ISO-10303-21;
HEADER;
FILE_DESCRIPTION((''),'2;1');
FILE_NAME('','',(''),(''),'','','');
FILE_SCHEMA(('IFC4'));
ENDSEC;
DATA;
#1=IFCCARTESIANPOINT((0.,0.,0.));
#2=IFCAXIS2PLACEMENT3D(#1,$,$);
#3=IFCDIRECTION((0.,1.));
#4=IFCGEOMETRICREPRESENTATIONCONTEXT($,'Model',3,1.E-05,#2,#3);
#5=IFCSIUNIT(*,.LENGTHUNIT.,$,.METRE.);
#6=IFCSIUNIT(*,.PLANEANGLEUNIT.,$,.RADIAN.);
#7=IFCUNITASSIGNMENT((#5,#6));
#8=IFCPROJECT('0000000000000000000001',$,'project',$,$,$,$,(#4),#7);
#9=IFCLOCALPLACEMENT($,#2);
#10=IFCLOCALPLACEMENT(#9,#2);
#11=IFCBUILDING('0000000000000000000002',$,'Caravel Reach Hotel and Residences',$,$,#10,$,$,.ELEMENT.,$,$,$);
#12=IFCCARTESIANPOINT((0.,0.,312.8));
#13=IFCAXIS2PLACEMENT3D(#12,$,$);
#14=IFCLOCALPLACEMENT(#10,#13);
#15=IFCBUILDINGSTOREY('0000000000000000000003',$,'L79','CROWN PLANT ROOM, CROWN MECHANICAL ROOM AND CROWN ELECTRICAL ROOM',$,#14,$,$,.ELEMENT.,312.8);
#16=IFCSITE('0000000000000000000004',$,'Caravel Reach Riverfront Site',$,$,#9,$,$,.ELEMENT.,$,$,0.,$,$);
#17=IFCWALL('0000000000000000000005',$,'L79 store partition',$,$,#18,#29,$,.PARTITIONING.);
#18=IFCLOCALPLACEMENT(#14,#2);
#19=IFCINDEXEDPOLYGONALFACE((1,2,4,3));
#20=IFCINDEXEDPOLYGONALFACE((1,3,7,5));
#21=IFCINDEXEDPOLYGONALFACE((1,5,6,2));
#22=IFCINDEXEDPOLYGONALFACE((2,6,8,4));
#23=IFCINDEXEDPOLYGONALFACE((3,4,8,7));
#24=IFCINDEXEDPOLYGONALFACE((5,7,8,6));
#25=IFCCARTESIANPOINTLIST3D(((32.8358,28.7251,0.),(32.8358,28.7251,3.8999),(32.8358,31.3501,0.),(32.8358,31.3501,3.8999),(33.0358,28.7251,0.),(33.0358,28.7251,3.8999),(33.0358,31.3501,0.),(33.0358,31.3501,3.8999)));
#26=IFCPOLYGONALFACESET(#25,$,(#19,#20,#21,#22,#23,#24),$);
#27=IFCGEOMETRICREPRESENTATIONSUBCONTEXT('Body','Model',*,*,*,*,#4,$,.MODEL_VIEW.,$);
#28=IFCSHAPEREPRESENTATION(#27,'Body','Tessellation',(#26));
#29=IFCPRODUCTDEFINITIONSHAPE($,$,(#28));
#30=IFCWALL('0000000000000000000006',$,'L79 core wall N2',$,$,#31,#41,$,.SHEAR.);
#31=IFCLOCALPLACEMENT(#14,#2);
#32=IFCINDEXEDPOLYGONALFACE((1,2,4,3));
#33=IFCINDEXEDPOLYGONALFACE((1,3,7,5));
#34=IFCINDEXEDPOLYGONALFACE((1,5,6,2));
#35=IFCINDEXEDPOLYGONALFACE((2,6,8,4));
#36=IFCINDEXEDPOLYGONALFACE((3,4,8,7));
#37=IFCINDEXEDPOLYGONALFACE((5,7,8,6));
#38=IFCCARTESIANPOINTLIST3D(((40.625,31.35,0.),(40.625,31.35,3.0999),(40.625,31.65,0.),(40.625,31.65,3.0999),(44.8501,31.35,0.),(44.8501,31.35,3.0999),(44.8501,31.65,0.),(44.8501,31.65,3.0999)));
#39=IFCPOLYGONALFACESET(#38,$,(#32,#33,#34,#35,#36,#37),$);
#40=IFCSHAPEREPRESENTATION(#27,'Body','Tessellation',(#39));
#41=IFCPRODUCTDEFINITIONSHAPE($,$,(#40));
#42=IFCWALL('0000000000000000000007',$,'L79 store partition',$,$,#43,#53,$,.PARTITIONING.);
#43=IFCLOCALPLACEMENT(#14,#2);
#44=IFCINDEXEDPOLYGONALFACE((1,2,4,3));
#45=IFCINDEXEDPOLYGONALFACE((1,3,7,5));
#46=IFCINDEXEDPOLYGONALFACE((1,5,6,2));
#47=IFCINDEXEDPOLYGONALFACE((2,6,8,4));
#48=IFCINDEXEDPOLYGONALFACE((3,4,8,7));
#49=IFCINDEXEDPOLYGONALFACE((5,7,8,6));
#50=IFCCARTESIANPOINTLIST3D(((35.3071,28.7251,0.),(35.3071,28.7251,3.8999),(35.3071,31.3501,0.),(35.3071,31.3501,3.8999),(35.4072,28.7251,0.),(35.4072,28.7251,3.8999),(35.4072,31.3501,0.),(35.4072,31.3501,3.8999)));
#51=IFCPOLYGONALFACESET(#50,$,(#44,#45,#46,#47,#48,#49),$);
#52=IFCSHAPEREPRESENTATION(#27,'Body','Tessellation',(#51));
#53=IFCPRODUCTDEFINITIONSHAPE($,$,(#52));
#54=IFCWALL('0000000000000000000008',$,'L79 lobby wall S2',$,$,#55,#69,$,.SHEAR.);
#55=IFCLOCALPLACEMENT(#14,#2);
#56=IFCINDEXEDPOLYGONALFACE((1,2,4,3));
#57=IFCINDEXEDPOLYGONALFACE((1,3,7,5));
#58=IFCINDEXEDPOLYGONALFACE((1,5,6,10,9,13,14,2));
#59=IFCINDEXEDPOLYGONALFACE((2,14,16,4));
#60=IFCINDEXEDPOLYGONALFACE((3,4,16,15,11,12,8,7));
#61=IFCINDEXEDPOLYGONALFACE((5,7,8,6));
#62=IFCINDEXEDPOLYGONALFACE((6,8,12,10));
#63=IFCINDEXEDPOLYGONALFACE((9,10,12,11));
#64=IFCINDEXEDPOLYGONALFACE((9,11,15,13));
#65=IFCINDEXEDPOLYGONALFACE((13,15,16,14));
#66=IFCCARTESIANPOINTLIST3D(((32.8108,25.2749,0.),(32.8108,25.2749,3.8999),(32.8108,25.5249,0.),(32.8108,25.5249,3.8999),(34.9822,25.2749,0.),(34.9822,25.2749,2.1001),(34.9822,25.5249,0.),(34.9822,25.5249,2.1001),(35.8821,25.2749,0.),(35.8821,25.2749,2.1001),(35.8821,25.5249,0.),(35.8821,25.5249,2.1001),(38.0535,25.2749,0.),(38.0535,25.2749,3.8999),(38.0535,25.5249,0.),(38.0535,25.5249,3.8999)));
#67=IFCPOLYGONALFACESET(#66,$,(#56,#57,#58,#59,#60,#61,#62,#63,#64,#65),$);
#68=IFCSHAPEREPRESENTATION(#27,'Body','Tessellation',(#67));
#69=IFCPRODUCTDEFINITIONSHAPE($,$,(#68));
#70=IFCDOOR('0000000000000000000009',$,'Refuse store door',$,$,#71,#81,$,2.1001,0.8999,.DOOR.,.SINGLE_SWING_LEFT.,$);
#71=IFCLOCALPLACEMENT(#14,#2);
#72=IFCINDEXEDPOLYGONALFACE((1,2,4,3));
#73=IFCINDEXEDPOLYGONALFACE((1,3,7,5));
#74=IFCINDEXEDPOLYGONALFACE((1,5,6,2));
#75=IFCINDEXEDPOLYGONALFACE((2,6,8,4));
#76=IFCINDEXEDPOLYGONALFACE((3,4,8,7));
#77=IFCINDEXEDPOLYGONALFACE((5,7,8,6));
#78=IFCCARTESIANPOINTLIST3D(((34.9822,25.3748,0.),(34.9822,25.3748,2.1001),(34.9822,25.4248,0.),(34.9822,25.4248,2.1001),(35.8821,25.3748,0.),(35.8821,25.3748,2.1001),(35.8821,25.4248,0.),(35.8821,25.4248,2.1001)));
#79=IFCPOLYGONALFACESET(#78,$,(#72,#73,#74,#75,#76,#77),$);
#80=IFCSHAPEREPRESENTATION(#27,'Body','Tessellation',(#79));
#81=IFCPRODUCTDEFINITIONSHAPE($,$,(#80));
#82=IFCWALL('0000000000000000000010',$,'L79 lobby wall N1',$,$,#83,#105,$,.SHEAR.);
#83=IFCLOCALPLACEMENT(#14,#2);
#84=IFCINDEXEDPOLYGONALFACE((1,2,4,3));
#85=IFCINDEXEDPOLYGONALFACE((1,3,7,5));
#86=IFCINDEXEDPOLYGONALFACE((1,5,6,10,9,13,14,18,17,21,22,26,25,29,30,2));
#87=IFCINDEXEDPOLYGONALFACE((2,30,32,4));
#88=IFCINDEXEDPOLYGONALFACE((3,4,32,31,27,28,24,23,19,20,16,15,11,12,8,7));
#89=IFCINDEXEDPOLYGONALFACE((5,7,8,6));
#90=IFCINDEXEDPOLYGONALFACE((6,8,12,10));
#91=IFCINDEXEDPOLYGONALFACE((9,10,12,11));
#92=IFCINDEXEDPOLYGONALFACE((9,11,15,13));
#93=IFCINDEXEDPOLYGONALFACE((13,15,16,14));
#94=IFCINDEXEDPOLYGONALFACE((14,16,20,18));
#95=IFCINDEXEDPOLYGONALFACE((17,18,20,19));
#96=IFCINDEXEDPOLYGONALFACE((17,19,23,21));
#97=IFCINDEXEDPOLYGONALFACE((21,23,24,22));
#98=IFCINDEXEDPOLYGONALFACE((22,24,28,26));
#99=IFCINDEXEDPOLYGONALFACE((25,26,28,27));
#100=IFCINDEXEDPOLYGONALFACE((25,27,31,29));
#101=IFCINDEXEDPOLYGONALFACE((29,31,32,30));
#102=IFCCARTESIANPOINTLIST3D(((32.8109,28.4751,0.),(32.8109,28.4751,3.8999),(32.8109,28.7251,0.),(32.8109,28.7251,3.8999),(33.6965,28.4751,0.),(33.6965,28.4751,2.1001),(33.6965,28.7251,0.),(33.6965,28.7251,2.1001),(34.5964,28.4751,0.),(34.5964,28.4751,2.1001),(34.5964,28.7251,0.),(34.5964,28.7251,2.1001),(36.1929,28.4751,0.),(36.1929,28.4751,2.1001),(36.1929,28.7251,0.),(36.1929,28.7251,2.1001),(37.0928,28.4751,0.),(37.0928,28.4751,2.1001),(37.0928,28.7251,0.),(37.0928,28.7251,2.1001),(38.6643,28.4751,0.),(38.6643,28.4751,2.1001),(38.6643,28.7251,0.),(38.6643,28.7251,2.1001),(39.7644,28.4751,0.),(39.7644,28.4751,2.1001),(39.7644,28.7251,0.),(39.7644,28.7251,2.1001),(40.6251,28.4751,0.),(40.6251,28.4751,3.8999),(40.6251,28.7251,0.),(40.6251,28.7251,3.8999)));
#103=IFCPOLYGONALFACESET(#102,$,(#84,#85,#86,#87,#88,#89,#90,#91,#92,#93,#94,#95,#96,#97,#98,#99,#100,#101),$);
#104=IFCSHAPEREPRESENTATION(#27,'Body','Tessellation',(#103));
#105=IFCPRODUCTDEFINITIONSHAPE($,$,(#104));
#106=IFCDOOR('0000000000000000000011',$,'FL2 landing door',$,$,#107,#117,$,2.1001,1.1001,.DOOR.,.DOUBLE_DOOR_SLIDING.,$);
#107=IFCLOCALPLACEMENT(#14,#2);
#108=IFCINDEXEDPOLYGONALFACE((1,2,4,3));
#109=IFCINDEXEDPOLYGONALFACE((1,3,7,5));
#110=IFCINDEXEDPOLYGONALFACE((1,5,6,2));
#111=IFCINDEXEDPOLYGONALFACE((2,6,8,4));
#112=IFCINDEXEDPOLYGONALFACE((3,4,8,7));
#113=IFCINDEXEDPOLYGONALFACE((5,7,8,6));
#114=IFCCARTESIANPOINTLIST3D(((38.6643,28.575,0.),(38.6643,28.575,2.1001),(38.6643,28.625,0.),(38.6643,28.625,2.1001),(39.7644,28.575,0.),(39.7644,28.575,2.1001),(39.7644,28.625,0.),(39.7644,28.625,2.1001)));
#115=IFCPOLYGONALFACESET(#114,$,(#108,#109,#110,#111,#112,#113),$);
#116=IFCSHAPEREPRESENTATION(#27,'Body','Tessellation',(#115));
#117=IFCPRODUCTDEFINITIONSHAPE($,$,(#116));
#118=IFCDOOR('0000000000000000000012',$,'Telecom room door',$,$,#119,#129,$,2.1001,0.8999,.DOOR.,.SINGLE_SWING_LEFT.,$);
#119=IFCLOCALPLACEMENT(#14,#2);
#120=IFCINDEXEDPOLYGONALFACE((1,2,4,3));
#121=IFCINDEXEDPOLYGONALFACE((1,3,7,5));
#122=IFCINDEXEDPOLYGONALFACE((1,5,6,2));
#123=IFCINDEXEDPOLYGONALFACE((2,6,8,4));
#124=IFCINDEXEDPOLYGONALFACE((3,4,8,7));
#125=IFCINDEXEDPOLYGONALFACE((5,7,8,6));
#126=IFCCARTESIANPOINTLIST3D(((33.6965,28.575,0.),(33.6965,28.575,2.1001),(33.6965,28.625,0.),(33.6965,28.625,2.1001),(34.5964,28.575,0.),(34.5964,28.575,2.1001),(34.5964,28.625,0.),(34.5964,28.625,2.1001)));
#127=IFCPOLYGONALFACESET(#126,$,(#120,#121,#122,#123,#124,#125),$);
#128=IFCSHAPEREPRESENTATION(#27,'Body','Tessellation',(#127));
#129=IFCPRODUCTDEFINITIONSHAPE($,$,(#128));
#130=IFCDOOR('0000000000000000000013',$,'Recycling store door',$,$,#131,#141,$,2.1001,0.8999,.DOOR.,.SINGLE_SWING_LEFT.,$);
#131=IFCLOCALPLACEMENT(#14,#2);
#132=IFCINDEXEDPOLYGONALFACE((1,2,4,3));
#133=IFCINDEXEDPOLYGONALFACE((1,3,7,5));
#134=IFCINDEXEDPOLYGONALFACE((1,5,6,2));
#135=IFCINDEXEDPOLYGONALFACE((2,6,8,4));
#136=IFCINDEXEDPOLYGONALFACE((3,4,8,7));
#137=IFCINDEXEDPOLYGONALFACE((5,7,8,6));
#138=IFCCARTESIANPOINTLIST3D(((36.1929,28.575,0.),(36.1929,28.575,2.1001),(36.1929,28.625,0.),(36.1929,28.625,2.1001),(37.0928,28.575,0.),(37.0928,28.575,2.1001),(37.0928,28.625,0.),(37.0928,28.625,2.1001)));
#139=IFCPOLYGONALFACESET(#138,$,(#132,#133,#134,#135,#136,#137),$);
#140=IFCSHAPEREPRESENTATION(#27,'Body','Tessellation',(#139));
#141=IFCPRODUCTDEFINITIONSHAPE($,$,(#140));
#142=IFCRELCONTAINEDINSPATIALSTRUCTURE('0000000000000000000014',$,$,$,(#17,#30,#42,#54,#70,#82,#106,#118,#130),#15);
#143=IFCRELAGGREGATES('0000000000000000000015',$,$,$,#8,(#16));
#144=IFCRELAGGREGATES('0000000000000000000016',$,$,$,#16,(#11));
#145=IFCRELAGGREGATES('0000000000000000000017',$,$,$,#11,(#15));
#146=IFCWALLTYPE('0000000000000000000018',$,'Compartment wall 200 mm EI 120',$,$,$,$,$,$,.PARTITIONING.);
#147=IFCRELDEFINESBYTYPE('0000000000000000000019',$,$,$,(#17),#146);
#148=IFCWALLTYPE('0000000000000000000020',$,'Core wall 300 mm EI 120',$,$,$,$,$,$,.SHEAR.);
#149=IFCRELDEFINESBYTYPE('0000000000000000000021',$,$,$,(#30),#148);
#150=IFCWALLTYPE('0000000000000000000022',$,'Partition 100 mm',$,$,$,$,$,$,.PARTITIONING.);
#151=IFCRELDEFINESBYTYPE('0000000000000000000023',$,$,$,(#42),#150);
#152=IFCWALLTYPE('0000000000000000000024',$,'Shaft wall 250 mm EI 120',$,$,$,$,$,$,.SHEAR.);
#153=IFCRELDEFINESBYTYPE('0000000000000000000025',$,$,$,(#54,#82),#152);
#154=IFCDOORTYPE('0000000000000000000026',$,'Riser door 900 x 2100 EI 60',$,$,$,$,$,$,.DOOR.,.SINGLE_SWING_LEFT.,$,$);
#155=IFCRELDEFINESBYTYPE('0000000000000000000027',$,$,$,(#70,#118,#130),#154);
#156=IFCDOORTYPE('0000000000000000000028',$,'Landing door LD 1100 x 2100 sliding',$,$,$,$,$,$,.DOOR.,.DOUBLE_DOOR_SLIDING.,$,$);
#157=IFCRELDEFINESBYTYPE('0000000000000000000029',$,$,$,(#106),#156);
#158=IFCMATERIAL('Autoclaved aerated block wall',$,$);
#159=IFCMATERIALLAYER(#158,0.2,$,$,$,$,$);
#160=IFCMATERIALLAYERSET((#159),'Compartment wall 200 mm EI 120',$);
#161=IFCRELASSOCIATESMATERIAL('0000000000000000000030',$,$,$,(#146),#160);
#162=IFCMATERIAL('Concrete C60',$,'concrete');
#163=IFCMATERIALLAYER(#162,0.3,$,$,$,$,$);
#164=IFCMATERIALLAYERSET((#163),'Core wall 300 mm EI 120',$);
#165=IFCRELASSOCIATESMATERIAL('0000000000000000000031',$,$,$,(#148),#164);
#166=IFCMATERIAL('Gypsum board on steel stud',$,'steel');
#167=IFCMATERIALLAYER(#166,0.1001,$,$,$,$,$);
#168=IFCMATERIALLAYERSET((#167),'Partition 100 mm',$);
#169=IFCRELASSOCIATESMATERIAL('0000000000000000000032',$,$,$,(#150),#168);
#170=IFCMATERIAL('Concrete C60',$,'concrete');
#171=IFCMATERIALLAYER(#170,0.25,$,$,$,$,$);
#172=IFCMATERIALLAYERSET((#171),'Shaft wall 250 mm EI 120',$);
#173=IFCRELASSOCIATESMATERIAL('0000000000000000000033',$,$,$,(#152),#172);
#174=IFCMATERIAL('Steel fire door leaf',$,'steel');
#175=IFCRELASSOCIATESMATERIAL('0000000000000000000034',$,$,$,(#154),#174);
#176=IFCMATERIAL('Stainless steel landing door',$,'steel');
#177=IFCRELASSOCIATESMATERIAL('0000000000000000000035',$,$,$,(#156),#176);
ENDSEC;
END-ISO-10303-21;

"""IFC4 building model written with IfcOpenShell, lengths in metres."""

from ifc_helpers import new_model, si_unit, direction, frame, frame_2d, origin, place, context, subcontext, project, spatial, rectangle, extrude, material, layer, layer_set, type_object, element, fill, save


model = new_model("IFC4")

# Units and contexts
model_context = context("Model", 3, precision=1e-05, world=origin(), true_north=direction((0.0, 1.0)))
body_context = subcontext(model_context, "Body", "Model", "MODEL_VIEW")
ifc_project = project(units=[si_unit("LENGTHUNIT", "METRE"), si_unit("PLANEANGLEUNIT", "RADIAN")], contexts=[model_context])

# Site, building, storey
site_placement = place(None, origin())
site = spatial("IfcSite", under=ifc_project, at=site_placement, Name="Caravel Reach Riverfront Site", CompositionType="ELEMENT", RefElevation=0.0)
building_placement = place(site_placement, origin())
building = spatial("IfcBuilding", under=site, at=building_placement, Name="Caravel Reach Hotel and Residences", CompositionType="ELEMENT")
storey_placement = place(building_placement, frame((0.0, 0.0, 312.8)))
storey = spatial("IfcBuildingStorey", under=building, at=storey_placement, Name="L79", Description="CROWN PLANT ROOM, CROWN MECHANICAL ROOM AND CROWN ELECTRICAL ROOM", CompositionType="ELEMENT", Elevation=312.8)

# Walls
ifc_material_1 = material(Name="Autoclaved aerated block wall")
ifc_layer_1 = layer(ifc_material_1, 0.2)
ifc_layer_set_1 = layer_set([ifc_layer_1], Name="Compartment wall 200 mm EI 120")
wall_type_1 = type_object("IfcWallType", Name="Compartment wall 200 mm EI 120", PredefinedType="PARTITIONING", material=ifc_layer_set_1)
wall_1_placement = place(storey_placement, frame((32.9358, 28.7251, 0.0), z_axis=(0.0, 0.0, 1.0), x_axis=(0.0, 1.0, 0.0)))
element("IfcWall", 1, at=wall_1_placement, inside=storey, type_object=wall_type_1, Name="L79 store partition", PredefinedType="PARTITIONING", context=body_context, shape_type="SweptSolid", body=[
    extrude(rectangle(XDim=2.625, YDim=0.2, at=frame_2d((1.3125, 0.0))), origin(), (0.0, 0.0, 1.0), 3.8999),
])
ifc_material_2 = material(Name="Concrete C60", Category="concrete")
ifc_layer_2 = layer(ifc_material_2, 0.3)
ifc_layer_set_2 = layer_set([ifc_layer_2], Name="Core wall 300 mm EI 120")
wall_type_2 = type_object("IfcWallType", Name="Core wall 300 mm EI 120", PredefinedType="SHEAR", material=ifc_layer_set_2)
wall_2_placement = place(storey_placement, frame((40.625, 31.5, 0.0), z_axis=(0.0, 0.0, 1.0), x_axis=(1.0, 0.0, 0.0)))
element("IfcWall", 2, at=wall_2_placement, inside=storey, type_object=wall_type_2, Name="L79 core wall N2", PredefinedType="SHEAR", context=body_context, shape_type="SweptSolid", body=[
    extrude(rectangle(XDim=4.2251, YDim=0.3, at=frame_2d((2.1125, 0.0))), origin(), (0.0, 0.0, 1.0), 3.0999),
])
ifc_material_3 = material(Name="Gypsum board on steel stud", Category="steel")
ifc_layer_3 = layer(ifc_material_3, 0.1001)
ifc_layer_set_3 = layer_set([ifc_layer_3], Name="Partition 100 mm")
wall_type_3 = type_object("IfcWallType", Name="Partition 100 mm", PredefinedType="PARTITIONING", material=ifc_layer_set_3)
wall_3_placement = place(storey_placement, frame((35.3572, 28.7251, 0.0), z_axis=(0.0, 0.0, 1.0), x_axis=(0.0, 1.0, 0.0)))
element("IfcWall", 3, at=wall_3_placement, inside=storey, type_object=wall_type_3, Name="L79 store partition", PredefinedType="PARTITIONING", context=body_context, shape_type="SweptSolid", body=[
    extrude(rectangle(XDim=2.625, YDim=0.1001, at=frame_2d((1.3125, 0.0))), origin(), (0.0, 0.0, 1.0), 3.8999),
])

# Wall, opening, door
ifc_material_4 = material(Name="Concrete C60", Category="concrete")
ifc_layer_4 = layer(ifc_material_4, 0.25)
ifc_layer_set_4 = layer_set([ifc_layer_4], Name="Shaft wall 250 mm EI 120")
wall_type_4 = type_object("IfcWallType", Name="Shaft wall 250 mm EI 120", PredefinedType="SHEAR", material=ifc_layer_set_4)
wall_4_placement = place(storey_placement, frame((32.8108, 25.3999, 0.0), z_axis=(0.0, 0.0, 1.0), x_axis=(1.0, 0.0, 0.0)))
wall_4 = element("IfcWall", 4, at=wall_4_placement, inside=storey, type_object=wall_type_4, Name="L79 lobby wall S2", PredefinedType="SHEAR", context=body_context, shape_type="SweptSolid", body=[
    extrude(rectangle(XDim=5.2427, YDim=0.25, at=frame_2d((2.6213, 0.0))), origin(), (0.0, 0.0, 1.0), 3.8999),
])
opening_1_placement = place(wall_4_placement, frame((2.1714, 0.0, 0.0)))
opening_1 = element("IfcOpeningElement", 5, at=opening_1_placement, cuts=wall_4, PredefinedType="OPENING", context=body_context, shape_type="SweptSolid", body=[
    extrude(rectangle(XDim=0.8999, YDim=2.1001, at=frame_2d((0.45, 1.05))), frame((0.0, 0.135, 0.0), z_axis=(0.0, -1.0, 0.0), x_axis=(1.0, 0.0, 0.0)), (0.0, 0.0, 1.0), 0.27),
])
ifc_material_5 = material(Name="Steel fire door leaf", Category="steel")
door_type_1 = type_object("IfcDoorType", Name="Riser door 900 x 2100 EI 60", OperationType="SINGLE_SWING_LEFT", PredefinedType="DOOR", material=ifc_material_5)
door_1_placement = place(opening_1_placement, origin())
door_1 = element("IfcDoor", 6, at=door_1_placement, inside=storey, type_object=door_type_1, Name="Refuse store door", OperationType="SINGLE_SWING_LEFT", OverallHeight=2.1001, OverallWidth=0.8999, PredefinedType="DOOR", context=body_context, shape_type="SweptSolid", body=[
    extrude(rectangle(XDim=0.8999, YDim=2.1001, at=frame_2d((0.45, 1.05))), frame((0.0, 0.0249, 0.0), z_axis=(0.0, -1.0, 0.0), x_axis=(1.0, 0.0, 0.0)), (0.0, 0.0, 1.0), 0.05),
])
fill(opening_1, door_1)

# Wall, openings, doors
wall_5_placement = place(storey_placement, frame((32.8108, 28.6001, 0.0), z_axis=(0.0, 0.0, 1.0), x_axis=(1.0, 0.0, 0.0)))
wall_5 = element("IfcWall", 7, at=wall_5_placement, inside=storey, type_object=wall_type_4, Name="L79 lobby wall N1", PredefinedType="SHEAR", context=body_context, shape_type="SweptSolid", body=[
    extrude(rectangle(XDim=7.8142, YDim=0.25, at=frame_2d((3.9072, 0.0))), origin(), (0.0, 0.0, 1.0), 3.8999),
])
opening_2_placement = place(wall_5_placement, frame((5.8535, 0.0, 0.0)))
opening_2 = element("IfcOpeningElement", 8, at=opening_2_placement, cuts=wall_5, PredefinedType="OPENING", context=body_context, shape_type="SweptSolid", body=[
    extrude(rectangle(XDim=1.1001, YDim=2.1001, at=frame_2d((0.55, 1.05))), frame((0.0, 0.135, 0.0), z_axis=(0.0, -1.0, 0.0), x_axis=(1.0, 0.0, 0.0)), (0.0, 0.0, 1.0), 0.27),
])
opening_3_placement = place(wall_5_placement, frame((0.8857, 0.0, 0.0)))
opening_3 = element("IfcOpeningElement", 9, at=opening_3_placement, cuts=wall_5, PredefinedType="OPENING", context=body_context, shape_type="SweptSolid", body=[
    extrude(rectangle(XDim=0.8999, YDim=2.1001, at=frame_2d((0.45, 1.05))), frame((0.0, 0.135, 0.0), z_axis=(0.0, -1.0, 0.0), x_axis=(1.0, 0.0, 0.0)), (0.0, 0.0, 1.0), 0.27),
])
opening_4_placement = place(wall_5_placement, frame((3.3821, 0.0, 0.0)))
opening_4 = element("IfcOpeningElement", 10, at=opening_4_placement, cuts=wall_5, PredefinedType="OPENING", context=body_context, shape_type="SweptSolid", body=[
    extrude(rectangle(XDim=0.8999, YDim=2.1001, at=frame_2d((0.45, 1.05))), frame((0.0, 0.135, 0.0), z_axis=(0.0, -1.0, 0.0), x_axis=(1.0, 0.0, 0.0)), (0.0, 0.0, 1.0), 0.27),
])
ifc_material_6 = material(Name="Stainless steel landing door", Category="steel")
door_type_2 = type_object("IfcDoorType", Name="Landing door LD 1100 x 2100 sliding", OperationType="DOUBLE_DOOR_SLIDING", PredefinedType="DOOR", material=ifc_material_6)
door_2_placement = place(opening_2_placement, origin())
door_2 = element("IfcDoor", 11, at=door_2_placement, inside=storey, type_object=door_type_2, Name="FL2 landing door", OperationType="DOUBLE_DOOR_SLIDING", OverallHeight=2.1001, OverallWidth=1.1001, PredefinedType="DOOR", context=body_context, shape_type="SweptSolid", body=[
    extrude(rectangle(XDim=1.1001, YDim=2.1001, at=frame_2d((0.55, 1.05))), frame((0.0, 0.0249, 0.0), z_axis=(0.0, -1.0, 0.0), x_axis=(1.0, 0.0, 0.0)), (0.0, 0.0, 1.0), 0.05),
])
fill(opening_2, door_2)
door_3_placement = place(opening_3_placement, origin())
door_3 = element("IfcDoor", 12, at=door_3_placement, inside=storey, type_object=door_type_1, Name="Telecom room door", OperationType="SINGLE_SWING_LEFT", OverallHeight=2.1001, OverallWidth=0.8999, PredefinedType="DOOR", context=body_context, shape_type="SweptSolid", body=[
    extrude(rectangle(XDim=0.8999, YDim=2.1001, at=frame_2d((0.45, 1.05))), frame((0.0, 0.0249, 0.0), z_axis=(0.0, -1.0, 0.0), x_axis=(1.0, 0.0, 0.0)), (0.0, 0.0, 1.0), 0.05),
])
fill(opening_3, door_3)
door_4_placement = place(opening_4_placement, origin())
door_4 = element("IfcDoor", 13, at=door_4_placement, inside=storey, type_object=door_type_1, Name="Recycling store door", OperationType="SINGLE_SWING_LEFT", OverallHeight=2.1001, OverallWidth=0.8999, PredefinedType="DOOR", context=body_context, shape_type="SweptSolid", body=[
    extrude(rectangle(XDim=0.8999, YDim=2.1001, at=frame_2d((0.45, 1.05))), frame((0.0, 0.0249, 0.0), z_axis=(0.0, -1.0, 0.0), x_axis=(1.0, 0.0, 0.0)), (0.0, 0.0, 1.0), 0.05),
])
fill(opening_4, door_4)

save(model, "model.ifc")
